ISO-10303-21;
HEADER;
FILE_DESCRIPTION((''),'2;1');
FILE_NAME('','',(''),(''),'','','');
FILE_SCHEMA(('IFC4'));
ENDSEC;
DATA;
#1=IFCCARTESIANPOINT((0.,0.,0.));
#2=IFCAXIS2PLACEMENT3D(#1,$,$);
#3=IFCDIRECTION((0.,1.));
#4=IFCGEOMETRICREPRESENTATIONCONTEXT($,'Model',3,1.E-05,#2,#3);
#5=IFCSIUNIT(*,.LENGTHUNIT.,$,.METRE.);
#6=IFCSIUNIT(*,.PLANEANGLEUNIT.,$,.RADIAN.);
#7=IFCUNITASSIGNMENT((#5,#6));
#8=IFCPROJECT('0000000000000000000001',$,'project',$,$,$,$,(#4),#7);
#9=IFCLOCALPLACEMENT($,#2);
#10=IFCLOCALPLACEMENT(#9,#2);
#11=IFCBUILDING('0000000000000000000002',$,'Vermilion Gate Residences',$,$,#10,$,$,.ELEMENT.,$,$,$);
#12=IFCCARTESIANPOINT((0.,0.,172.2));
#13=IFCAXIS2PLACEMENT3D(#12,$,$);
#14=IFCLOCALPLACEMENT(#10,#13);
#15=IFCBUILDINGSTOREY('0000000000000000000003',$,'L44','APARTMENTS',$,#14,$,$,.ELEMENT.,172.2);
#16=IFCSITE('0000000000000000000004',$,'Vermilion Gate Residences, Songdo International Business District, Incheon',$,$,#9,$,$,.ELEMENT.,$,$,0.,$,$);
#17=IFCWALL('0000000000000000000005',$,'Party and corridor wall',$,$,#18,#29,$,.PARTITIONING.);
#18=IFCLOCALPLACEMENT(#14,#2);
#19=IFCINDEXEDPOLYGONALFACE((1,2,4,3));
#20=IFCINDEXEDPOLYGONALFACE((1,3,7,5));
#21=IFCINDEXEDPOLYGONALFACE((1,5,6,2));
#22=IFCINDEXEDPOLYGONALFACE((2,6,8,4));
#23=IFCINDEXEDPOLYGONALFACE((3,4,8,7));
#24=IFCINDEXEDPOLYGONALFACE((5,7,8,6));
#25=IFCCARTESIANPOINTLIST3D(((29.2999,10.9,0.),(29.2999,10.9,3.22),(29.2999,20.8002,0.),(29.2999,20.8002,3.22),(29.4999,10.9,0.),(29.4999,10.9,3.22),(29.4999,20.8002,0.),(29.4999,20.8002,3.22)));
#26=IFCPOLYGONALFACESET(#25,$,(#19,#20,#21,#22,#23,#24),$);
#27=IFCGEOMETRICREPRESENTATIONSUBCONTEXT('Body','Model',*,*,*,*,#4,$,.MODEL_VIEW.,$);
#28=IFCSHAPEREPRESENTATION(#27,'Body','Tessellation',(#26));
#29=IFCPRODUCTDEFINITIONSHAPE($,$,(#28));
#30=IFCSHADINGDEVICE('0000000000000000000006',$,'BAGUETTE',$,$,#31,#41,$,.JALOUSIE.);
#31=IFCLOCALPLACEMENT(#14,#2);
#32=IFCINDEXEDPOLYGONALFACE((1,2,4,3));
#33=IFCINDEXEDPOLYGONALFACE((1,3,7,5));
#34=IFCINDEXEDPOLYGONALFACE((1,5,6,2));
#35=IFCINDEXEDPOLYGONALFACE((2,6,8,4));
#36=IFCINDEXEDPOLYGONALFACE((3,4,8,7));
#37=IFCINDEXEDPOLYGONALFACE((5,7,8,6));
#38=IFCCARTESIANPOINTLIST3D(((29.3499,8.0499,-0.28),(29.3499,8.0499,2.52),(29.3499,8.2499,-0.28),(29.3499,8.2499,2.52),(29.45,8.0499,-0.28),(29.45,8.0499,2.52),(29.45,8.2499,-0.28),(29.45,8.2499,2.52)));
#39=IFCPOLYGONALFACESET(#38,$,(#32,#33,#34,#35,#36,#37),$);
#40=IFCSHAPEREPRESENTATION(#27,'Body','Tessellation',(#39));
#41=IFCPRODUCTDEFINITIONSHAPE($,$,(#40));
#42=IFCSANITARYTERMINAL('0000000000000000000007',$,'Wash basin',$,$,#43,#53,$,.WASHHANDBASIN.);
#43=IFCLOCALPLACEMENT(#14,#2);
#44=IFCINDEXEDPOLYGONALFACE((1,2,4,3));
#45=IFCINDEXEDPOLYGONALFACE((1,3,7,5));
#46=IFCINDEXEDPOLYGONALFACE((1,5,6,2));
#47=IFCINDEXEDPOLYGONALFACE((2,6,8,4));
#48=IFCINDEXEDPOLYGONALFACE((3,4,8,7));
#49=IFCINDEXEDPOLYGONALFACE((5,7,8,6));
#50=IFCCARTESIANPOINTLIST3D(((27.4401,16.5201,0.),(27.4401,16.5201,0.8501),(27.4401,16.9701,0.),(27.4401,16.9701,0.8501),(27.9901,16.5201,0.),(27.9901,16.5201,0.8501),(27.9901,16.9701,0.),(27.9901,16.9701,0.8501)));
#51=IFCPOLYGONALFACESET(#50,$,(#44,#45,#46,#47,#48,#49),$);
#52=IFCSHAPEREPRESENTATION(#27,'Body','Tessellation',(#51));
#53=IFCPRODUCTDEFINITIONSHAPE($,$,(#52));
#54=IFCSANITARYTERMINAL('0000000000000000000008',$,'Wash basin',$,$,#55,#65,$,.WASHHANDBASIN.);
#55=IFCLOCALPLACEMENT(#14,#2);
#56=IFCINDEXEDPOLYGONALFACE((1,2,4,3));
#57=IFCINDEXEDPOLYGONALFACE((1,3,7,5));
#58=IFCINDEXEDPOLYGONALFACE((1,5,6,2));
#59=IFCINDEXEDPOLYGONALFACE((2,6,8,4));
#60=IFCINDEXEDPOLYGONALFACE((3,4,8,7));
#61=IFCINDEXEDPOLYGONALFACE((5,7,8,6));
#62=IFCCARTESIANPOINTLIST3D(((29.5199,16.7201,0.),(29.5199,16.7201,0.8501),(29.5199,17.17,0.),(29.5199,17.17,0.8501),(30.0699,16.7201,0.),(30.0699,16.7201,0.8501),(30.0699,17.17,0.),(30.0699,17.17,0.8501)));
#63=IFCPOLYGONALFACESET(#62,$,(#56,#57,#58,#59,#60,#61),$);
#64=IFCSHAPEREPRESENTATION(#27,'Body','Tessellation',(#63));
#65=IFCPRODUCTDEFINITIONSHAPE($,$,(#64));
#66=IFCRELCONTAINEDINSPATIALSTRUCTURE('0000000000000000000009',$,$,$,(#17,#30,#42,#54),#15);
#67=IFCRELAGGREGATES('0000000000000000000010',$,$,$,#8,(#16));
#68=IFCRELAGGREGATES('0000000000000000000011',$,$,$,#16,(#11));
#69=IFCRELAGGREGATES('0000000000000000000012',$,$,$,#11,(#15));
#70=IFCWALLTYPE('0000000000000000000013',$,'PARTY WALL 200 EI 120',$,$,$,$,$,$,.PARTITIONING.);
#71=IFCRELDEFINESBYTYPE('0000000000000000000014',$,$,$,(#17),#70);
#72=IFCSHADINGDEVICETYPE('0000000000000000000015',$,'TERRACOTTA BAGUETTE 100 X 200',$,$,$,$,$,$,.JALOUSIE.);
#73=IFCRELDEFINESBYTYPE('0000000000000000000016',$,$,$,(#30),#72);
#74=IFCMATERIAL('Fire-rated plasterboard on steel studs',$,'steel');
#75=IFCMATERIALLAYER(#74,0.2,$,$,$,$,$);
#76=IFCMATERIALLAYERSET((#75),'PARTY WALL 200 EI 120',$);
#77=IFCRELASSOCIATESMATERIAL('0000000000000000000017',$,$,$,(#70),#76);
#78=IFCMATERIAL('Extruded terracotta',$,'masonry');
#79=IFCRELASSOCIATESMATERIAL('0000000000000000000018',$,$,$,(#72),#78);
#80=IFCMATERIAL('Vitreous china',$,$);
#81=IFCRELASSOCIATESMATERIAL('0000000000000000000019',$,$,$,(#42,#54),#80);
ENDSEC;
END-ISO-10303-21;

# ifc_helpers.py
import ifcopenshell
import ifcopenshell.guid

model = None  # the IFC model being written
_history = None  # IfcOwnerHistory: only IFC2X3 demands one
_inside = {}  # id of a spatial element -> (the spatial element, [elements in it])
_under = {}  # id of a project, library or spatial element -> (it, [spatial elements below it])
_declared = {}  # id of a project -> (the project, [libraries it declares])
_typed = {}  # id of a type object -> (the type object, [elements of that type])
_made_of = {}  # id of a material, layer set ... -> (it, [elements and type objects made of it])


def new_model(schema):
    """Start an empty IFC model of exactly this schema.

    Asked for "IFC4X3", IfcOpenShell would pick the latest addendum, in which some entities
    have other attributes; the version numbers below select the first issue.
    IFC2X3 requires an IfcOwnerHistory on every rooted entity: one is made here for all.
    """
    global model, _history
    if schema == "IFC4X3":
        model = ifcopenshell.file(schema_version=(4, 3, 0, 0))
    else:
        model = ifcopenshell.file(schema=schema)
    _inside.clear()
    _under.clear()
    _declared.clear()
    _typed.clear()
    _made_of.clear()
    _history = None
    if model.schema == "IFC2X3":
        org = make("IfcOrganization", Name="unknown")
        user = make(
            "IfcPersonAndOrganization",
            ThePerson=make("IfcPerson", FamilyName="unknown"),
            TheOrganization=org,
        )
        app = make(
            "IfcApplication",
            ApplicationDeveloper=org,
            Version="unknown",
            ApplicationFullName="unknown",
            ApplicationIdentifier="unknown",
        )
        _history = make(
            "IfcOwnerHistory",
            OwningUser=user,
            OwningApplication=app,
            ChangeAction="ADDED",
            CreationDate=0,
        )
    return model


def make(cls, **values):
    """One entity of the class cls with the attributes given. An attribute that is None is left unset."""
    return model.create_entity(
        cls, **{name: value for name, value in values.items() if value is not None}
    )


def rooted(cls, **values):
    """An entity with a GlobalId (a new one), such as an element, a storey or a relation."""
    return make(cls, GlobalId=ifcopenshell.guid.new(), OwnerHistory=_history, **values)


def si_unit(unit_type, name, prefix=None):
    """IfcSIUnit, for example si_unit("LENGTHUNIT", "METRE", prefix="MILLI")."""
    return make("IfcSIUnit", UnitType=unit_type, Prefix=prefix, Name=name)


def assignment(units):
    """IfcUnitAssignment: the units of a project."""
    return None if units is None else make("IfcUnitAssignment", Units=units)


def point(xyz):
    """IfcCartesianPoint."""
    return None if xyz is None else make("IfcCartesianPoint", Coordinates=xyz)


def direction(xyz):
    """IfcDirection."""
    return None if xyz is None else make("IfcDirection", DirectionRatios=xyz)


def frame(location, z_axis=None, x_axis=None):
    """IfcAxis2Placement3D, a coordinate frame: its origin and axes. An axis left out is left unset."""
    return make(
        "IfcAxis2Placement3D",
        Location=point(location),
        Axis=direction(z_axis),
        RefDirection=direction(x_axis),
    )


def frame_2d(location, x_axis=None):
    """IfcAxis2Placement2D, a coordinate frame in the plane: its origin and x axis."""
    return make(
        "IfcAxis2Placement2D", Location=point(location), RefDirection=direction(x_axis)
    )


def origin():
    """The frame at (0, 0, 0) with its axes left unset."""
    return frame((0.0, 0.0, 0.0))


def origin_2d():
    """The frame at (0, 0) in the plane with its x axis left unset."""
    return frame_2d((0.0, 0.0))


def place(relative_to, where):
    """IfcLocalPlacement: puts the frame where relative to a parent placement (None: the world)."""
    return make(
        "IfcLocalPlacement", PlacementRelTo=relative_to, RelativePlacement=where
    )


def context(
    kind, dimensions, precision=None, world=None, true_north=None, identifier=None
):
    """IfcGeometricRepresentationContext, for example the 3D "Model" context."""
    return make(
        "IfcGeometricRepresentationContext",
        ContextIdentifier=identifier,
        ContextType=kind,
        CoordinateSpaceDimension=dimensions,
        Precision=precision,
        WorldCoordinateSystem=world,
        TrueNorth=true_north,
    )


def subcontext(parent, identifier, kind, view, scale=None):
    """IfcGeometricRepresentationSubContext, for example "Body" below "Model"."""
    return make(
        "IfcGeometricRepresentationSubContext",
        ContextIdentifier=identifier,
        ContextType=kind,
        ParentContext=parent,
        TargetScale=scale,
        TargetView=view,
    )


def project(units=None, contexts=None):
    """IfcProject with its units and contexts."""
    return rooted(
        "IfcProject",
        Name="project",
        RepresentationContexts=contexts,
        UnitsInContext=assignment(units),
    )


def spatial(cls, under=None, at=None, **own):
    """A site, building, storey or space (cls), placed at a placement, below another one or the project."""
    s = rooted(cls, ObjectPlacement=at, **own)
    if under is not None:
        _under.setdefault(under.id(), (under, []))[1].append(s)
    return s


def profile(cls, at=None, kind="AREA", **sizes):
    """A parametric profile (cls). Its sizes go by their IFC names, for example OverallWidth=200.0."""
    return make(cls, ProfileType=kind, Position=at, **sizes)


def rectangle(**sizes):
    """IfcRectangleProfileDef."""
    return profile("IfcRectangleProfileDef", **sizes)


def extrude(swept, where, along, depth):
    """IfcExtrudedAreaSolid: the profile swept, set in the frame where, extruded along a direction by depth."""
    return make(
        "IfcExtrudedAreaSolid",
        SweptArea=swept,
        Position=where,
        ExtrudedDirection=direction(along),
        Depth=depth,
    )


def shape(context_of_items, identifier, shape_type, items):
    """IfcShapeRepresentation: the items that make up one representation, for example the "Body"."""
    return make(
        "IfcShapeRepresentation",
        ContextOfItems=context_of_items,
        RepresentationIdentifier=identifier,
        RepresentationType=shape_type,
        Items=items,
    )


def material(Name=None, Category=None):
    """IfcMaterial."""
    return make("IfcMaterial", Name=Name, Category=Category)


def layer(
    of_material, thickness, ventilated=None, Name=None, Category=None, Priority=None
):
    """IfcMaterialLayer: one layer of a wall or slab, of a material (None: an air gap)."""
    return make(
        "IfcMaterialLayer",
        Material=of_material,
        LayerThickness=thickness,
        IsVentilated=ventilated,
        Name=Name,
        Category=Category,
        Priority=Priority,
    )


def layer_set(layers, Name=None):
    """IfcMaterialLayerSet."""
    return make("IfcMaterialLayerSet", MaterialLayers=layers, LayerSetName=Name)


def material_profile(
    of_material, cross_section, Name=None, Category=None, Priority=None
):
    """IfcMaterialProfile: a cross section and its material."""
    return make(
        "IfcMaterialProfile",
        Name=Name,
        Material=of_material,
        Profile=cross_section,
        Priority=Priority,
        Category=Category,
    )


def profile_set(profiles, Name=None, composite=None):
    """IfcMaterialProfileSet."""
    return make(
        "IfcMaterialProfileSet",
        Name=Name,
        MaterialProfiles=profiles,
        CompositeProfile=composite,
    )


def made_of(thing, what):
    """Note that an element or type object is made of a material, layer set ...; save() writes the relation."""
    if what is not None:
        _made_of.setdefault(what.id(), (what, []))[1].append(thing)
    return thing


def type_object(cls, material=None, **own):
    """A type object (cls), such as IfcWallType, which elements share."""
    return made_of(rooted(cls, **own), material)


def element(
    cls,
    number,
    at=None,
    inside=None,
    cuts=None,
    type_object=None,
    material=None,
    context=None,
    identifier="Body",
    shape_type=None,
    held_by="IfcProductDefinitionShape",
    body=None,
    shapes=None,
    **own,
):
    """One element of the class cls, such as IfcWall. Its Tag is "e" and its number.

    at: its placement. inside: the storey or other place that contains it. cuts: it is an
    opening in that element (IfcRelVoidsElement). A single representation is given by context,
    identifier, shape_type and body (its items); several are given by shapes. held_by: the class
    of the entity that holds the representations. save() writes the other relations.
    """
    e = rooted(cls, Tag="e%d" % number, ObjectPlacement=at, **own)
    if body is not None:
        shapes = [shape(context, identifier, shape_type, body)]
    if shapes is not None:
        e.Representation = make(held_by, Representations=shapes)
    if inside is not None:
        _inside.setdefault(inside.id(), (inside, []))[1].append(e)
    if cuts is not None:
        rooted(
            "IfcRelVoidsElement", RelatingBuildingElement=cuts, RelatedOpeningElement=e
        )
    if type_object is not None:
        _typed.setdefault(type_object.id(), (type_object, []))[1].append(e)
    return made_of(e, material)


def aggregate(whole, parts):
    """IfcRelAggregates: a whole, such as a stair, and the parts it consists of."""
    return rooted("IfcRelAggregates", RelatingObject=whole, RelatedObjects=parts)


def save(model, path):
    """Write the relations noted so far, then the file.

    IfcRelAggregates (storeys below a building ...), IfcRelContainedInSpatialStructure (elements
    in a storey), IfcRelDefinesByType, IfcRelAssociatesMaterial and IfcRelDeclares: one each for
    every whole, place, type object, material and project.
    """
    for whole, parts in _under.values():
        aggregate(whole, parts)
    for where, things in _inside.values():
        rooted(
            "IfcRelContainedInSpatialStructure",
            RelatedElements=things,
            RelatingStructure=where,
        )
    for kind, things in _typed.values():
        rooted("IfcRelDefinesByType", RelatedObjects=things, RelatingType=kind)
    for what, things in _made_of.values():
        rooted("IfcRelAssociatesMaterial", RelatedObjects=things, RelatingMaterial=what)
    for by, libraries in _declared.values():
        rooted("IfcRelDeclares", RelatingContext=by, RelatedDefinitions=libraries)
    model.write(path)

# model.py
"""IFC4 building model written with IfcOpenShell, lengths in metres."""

from ifc_helpers import new_model, si_unit, direction, frame, frame_2d, origin, origin_2d, place, context, subcontext, project, spatial, rectangle, extrude, material, layer, layer_set, material_profile, profile_set, type_object, element, save


model = new_model("IFC4")

# Units and contexts
model_context = context("Model", 3, precision=1e-05, world=origin(), true_north=direction((0.0, 1.0)))
body_context = subcontext(model_context, "Body", "Model", "MODEL_VIEW")
ifc_project = project(units=[si_unit("LENGTHUNIT", "METRE"), si_unit("PLANEANGLEUNIT", "RADIAN")], contexts=[model_context])

# Site, building, storey
site_placement = place(None, origin())
site = spatial("IfcSite", under=ifc_project, at=site_placement, Name="Vermilion Gate Residences, Songdo International Business District, Incheon", CompositionType="ELEMENT", RefElevation=0.0)
building_placement = place(site_placement, origin())
building = spatial("IfcBuilding", under=site, at=building_placement, Name="Vermilion Gate Residences", CompositionType="ELEMENT")
storey_placement = place(building_placement, frame((0.0, 0.0, 172.2)))
storey = spatial("IfcBuildingStorey", under=building, at=storey_placement, Name="L44", Description="APARTMENTS", CompositionType="ELEMENT", Elevation=172.2)

# Wall
ifc_material_1 = material(Name="Fire-rated plasterboard on steel studs", Category="steel")
ifc_layer_1 = layer(ifc_material_1, 0.2)
ifc_layer_set_1 = layer_set([ifc_layer_1], Name="PARTY WALL 200 EI 120")
wall_type_1 = type_object("IfcWallType", Name="PARTY WALL 200 EI 120", PredefinedType="PARTITIONING", material=ifc_layer_set_1)
wall_1_placement = place(storey_placement, frame((29.3999, 10.8999, 0.0), z_axis=(0.0, 0.0, 1.0), x_axis=(0.0, 1.0, 0.0)))
element("IfcWall", 1, at=wall_1_placement, inside=storey, type_object=wall_type_1, Name="Party and corridor wall", PredefinedType="PARTITIONING", context=body_context, shape_type="SweptSolid", body=[
    extrude(rectangle(XDim=9.9001, YDim=0.2, at=frame_2d((4.9502, 0.0))), origin(), (0.0, 0.0, 1.0), 3.22),
])

# Shading device
ifc_material_2 = material(Name="Extruded terracotta", Category="masonry")
ifc_material_profile_1 = material_profile(ifc_material_2, rectangle(XDim=0.2, YDim=0.1001, at=origin_2d()), Name="BAGUETTE 100 X 200")
ifc_profile_set_1 = profile_set([ifc_material_profile_1], Name="Extruded terracotta")
shading_device_type = type_object("IfcShadingDeviceType", Name="TERRACOTTA BAGUETTE 100 X 200", PredefinedType="JALOUSIE", material=ifc_profile_set_1)
shading_device_placement = place(storey_placement, frame((29.3999, 8.1499, -0.28), z_axis=(0.0, 0.0, 1.0), x_axis=(0.0, 1.0, 0.0)))
element("IfcShadingDevice", 2, at=shading_device_placement, inside=storey, type_object=shading_device_type, Name="BAGUETTE", PredefinedType="JALOUSIE", context=body_context, shape_type="SweptSolid", body=[
    extrude(rectangle(XDim=0.2, YDim=0.1001, at=origin_2d()), origin(), (0.0, 0.0, 1.0), 2.8),
])

# Sanitary terminals
ifc_material_3 = material(Name="Vitreous china")
for number, where, z_axis, x_axis, name in (
    (3, (27.7151, 16.7451, 0.0), (0.0, 0.0, 1.0), (1.0, 0.0, 0.0), "Wash basin"),
    (4, (29.7949, 16.9451, 0.0), (0.0, 0.0, 1.0), (1.0, 0.0, 0.0), "Wash basin"),
):
    element("IfcSanitaryTerminal", number, at=place(storey_placement, frame(where, z_axis=z_axis, x_axis=x_axis)), inside=storey, material=ifc_material_3, Name=name, PredefinedType="WASHHANDBASIN", context=body_context, shape_type="SweptSolid", body=[
        extrude(rectangle(XDim=0.55, YDim=0.45, at=origin_2d()), origin(), (0.0, 0.0, 1.0), 0.8501),
    ])

save(model, "model.ifc")
